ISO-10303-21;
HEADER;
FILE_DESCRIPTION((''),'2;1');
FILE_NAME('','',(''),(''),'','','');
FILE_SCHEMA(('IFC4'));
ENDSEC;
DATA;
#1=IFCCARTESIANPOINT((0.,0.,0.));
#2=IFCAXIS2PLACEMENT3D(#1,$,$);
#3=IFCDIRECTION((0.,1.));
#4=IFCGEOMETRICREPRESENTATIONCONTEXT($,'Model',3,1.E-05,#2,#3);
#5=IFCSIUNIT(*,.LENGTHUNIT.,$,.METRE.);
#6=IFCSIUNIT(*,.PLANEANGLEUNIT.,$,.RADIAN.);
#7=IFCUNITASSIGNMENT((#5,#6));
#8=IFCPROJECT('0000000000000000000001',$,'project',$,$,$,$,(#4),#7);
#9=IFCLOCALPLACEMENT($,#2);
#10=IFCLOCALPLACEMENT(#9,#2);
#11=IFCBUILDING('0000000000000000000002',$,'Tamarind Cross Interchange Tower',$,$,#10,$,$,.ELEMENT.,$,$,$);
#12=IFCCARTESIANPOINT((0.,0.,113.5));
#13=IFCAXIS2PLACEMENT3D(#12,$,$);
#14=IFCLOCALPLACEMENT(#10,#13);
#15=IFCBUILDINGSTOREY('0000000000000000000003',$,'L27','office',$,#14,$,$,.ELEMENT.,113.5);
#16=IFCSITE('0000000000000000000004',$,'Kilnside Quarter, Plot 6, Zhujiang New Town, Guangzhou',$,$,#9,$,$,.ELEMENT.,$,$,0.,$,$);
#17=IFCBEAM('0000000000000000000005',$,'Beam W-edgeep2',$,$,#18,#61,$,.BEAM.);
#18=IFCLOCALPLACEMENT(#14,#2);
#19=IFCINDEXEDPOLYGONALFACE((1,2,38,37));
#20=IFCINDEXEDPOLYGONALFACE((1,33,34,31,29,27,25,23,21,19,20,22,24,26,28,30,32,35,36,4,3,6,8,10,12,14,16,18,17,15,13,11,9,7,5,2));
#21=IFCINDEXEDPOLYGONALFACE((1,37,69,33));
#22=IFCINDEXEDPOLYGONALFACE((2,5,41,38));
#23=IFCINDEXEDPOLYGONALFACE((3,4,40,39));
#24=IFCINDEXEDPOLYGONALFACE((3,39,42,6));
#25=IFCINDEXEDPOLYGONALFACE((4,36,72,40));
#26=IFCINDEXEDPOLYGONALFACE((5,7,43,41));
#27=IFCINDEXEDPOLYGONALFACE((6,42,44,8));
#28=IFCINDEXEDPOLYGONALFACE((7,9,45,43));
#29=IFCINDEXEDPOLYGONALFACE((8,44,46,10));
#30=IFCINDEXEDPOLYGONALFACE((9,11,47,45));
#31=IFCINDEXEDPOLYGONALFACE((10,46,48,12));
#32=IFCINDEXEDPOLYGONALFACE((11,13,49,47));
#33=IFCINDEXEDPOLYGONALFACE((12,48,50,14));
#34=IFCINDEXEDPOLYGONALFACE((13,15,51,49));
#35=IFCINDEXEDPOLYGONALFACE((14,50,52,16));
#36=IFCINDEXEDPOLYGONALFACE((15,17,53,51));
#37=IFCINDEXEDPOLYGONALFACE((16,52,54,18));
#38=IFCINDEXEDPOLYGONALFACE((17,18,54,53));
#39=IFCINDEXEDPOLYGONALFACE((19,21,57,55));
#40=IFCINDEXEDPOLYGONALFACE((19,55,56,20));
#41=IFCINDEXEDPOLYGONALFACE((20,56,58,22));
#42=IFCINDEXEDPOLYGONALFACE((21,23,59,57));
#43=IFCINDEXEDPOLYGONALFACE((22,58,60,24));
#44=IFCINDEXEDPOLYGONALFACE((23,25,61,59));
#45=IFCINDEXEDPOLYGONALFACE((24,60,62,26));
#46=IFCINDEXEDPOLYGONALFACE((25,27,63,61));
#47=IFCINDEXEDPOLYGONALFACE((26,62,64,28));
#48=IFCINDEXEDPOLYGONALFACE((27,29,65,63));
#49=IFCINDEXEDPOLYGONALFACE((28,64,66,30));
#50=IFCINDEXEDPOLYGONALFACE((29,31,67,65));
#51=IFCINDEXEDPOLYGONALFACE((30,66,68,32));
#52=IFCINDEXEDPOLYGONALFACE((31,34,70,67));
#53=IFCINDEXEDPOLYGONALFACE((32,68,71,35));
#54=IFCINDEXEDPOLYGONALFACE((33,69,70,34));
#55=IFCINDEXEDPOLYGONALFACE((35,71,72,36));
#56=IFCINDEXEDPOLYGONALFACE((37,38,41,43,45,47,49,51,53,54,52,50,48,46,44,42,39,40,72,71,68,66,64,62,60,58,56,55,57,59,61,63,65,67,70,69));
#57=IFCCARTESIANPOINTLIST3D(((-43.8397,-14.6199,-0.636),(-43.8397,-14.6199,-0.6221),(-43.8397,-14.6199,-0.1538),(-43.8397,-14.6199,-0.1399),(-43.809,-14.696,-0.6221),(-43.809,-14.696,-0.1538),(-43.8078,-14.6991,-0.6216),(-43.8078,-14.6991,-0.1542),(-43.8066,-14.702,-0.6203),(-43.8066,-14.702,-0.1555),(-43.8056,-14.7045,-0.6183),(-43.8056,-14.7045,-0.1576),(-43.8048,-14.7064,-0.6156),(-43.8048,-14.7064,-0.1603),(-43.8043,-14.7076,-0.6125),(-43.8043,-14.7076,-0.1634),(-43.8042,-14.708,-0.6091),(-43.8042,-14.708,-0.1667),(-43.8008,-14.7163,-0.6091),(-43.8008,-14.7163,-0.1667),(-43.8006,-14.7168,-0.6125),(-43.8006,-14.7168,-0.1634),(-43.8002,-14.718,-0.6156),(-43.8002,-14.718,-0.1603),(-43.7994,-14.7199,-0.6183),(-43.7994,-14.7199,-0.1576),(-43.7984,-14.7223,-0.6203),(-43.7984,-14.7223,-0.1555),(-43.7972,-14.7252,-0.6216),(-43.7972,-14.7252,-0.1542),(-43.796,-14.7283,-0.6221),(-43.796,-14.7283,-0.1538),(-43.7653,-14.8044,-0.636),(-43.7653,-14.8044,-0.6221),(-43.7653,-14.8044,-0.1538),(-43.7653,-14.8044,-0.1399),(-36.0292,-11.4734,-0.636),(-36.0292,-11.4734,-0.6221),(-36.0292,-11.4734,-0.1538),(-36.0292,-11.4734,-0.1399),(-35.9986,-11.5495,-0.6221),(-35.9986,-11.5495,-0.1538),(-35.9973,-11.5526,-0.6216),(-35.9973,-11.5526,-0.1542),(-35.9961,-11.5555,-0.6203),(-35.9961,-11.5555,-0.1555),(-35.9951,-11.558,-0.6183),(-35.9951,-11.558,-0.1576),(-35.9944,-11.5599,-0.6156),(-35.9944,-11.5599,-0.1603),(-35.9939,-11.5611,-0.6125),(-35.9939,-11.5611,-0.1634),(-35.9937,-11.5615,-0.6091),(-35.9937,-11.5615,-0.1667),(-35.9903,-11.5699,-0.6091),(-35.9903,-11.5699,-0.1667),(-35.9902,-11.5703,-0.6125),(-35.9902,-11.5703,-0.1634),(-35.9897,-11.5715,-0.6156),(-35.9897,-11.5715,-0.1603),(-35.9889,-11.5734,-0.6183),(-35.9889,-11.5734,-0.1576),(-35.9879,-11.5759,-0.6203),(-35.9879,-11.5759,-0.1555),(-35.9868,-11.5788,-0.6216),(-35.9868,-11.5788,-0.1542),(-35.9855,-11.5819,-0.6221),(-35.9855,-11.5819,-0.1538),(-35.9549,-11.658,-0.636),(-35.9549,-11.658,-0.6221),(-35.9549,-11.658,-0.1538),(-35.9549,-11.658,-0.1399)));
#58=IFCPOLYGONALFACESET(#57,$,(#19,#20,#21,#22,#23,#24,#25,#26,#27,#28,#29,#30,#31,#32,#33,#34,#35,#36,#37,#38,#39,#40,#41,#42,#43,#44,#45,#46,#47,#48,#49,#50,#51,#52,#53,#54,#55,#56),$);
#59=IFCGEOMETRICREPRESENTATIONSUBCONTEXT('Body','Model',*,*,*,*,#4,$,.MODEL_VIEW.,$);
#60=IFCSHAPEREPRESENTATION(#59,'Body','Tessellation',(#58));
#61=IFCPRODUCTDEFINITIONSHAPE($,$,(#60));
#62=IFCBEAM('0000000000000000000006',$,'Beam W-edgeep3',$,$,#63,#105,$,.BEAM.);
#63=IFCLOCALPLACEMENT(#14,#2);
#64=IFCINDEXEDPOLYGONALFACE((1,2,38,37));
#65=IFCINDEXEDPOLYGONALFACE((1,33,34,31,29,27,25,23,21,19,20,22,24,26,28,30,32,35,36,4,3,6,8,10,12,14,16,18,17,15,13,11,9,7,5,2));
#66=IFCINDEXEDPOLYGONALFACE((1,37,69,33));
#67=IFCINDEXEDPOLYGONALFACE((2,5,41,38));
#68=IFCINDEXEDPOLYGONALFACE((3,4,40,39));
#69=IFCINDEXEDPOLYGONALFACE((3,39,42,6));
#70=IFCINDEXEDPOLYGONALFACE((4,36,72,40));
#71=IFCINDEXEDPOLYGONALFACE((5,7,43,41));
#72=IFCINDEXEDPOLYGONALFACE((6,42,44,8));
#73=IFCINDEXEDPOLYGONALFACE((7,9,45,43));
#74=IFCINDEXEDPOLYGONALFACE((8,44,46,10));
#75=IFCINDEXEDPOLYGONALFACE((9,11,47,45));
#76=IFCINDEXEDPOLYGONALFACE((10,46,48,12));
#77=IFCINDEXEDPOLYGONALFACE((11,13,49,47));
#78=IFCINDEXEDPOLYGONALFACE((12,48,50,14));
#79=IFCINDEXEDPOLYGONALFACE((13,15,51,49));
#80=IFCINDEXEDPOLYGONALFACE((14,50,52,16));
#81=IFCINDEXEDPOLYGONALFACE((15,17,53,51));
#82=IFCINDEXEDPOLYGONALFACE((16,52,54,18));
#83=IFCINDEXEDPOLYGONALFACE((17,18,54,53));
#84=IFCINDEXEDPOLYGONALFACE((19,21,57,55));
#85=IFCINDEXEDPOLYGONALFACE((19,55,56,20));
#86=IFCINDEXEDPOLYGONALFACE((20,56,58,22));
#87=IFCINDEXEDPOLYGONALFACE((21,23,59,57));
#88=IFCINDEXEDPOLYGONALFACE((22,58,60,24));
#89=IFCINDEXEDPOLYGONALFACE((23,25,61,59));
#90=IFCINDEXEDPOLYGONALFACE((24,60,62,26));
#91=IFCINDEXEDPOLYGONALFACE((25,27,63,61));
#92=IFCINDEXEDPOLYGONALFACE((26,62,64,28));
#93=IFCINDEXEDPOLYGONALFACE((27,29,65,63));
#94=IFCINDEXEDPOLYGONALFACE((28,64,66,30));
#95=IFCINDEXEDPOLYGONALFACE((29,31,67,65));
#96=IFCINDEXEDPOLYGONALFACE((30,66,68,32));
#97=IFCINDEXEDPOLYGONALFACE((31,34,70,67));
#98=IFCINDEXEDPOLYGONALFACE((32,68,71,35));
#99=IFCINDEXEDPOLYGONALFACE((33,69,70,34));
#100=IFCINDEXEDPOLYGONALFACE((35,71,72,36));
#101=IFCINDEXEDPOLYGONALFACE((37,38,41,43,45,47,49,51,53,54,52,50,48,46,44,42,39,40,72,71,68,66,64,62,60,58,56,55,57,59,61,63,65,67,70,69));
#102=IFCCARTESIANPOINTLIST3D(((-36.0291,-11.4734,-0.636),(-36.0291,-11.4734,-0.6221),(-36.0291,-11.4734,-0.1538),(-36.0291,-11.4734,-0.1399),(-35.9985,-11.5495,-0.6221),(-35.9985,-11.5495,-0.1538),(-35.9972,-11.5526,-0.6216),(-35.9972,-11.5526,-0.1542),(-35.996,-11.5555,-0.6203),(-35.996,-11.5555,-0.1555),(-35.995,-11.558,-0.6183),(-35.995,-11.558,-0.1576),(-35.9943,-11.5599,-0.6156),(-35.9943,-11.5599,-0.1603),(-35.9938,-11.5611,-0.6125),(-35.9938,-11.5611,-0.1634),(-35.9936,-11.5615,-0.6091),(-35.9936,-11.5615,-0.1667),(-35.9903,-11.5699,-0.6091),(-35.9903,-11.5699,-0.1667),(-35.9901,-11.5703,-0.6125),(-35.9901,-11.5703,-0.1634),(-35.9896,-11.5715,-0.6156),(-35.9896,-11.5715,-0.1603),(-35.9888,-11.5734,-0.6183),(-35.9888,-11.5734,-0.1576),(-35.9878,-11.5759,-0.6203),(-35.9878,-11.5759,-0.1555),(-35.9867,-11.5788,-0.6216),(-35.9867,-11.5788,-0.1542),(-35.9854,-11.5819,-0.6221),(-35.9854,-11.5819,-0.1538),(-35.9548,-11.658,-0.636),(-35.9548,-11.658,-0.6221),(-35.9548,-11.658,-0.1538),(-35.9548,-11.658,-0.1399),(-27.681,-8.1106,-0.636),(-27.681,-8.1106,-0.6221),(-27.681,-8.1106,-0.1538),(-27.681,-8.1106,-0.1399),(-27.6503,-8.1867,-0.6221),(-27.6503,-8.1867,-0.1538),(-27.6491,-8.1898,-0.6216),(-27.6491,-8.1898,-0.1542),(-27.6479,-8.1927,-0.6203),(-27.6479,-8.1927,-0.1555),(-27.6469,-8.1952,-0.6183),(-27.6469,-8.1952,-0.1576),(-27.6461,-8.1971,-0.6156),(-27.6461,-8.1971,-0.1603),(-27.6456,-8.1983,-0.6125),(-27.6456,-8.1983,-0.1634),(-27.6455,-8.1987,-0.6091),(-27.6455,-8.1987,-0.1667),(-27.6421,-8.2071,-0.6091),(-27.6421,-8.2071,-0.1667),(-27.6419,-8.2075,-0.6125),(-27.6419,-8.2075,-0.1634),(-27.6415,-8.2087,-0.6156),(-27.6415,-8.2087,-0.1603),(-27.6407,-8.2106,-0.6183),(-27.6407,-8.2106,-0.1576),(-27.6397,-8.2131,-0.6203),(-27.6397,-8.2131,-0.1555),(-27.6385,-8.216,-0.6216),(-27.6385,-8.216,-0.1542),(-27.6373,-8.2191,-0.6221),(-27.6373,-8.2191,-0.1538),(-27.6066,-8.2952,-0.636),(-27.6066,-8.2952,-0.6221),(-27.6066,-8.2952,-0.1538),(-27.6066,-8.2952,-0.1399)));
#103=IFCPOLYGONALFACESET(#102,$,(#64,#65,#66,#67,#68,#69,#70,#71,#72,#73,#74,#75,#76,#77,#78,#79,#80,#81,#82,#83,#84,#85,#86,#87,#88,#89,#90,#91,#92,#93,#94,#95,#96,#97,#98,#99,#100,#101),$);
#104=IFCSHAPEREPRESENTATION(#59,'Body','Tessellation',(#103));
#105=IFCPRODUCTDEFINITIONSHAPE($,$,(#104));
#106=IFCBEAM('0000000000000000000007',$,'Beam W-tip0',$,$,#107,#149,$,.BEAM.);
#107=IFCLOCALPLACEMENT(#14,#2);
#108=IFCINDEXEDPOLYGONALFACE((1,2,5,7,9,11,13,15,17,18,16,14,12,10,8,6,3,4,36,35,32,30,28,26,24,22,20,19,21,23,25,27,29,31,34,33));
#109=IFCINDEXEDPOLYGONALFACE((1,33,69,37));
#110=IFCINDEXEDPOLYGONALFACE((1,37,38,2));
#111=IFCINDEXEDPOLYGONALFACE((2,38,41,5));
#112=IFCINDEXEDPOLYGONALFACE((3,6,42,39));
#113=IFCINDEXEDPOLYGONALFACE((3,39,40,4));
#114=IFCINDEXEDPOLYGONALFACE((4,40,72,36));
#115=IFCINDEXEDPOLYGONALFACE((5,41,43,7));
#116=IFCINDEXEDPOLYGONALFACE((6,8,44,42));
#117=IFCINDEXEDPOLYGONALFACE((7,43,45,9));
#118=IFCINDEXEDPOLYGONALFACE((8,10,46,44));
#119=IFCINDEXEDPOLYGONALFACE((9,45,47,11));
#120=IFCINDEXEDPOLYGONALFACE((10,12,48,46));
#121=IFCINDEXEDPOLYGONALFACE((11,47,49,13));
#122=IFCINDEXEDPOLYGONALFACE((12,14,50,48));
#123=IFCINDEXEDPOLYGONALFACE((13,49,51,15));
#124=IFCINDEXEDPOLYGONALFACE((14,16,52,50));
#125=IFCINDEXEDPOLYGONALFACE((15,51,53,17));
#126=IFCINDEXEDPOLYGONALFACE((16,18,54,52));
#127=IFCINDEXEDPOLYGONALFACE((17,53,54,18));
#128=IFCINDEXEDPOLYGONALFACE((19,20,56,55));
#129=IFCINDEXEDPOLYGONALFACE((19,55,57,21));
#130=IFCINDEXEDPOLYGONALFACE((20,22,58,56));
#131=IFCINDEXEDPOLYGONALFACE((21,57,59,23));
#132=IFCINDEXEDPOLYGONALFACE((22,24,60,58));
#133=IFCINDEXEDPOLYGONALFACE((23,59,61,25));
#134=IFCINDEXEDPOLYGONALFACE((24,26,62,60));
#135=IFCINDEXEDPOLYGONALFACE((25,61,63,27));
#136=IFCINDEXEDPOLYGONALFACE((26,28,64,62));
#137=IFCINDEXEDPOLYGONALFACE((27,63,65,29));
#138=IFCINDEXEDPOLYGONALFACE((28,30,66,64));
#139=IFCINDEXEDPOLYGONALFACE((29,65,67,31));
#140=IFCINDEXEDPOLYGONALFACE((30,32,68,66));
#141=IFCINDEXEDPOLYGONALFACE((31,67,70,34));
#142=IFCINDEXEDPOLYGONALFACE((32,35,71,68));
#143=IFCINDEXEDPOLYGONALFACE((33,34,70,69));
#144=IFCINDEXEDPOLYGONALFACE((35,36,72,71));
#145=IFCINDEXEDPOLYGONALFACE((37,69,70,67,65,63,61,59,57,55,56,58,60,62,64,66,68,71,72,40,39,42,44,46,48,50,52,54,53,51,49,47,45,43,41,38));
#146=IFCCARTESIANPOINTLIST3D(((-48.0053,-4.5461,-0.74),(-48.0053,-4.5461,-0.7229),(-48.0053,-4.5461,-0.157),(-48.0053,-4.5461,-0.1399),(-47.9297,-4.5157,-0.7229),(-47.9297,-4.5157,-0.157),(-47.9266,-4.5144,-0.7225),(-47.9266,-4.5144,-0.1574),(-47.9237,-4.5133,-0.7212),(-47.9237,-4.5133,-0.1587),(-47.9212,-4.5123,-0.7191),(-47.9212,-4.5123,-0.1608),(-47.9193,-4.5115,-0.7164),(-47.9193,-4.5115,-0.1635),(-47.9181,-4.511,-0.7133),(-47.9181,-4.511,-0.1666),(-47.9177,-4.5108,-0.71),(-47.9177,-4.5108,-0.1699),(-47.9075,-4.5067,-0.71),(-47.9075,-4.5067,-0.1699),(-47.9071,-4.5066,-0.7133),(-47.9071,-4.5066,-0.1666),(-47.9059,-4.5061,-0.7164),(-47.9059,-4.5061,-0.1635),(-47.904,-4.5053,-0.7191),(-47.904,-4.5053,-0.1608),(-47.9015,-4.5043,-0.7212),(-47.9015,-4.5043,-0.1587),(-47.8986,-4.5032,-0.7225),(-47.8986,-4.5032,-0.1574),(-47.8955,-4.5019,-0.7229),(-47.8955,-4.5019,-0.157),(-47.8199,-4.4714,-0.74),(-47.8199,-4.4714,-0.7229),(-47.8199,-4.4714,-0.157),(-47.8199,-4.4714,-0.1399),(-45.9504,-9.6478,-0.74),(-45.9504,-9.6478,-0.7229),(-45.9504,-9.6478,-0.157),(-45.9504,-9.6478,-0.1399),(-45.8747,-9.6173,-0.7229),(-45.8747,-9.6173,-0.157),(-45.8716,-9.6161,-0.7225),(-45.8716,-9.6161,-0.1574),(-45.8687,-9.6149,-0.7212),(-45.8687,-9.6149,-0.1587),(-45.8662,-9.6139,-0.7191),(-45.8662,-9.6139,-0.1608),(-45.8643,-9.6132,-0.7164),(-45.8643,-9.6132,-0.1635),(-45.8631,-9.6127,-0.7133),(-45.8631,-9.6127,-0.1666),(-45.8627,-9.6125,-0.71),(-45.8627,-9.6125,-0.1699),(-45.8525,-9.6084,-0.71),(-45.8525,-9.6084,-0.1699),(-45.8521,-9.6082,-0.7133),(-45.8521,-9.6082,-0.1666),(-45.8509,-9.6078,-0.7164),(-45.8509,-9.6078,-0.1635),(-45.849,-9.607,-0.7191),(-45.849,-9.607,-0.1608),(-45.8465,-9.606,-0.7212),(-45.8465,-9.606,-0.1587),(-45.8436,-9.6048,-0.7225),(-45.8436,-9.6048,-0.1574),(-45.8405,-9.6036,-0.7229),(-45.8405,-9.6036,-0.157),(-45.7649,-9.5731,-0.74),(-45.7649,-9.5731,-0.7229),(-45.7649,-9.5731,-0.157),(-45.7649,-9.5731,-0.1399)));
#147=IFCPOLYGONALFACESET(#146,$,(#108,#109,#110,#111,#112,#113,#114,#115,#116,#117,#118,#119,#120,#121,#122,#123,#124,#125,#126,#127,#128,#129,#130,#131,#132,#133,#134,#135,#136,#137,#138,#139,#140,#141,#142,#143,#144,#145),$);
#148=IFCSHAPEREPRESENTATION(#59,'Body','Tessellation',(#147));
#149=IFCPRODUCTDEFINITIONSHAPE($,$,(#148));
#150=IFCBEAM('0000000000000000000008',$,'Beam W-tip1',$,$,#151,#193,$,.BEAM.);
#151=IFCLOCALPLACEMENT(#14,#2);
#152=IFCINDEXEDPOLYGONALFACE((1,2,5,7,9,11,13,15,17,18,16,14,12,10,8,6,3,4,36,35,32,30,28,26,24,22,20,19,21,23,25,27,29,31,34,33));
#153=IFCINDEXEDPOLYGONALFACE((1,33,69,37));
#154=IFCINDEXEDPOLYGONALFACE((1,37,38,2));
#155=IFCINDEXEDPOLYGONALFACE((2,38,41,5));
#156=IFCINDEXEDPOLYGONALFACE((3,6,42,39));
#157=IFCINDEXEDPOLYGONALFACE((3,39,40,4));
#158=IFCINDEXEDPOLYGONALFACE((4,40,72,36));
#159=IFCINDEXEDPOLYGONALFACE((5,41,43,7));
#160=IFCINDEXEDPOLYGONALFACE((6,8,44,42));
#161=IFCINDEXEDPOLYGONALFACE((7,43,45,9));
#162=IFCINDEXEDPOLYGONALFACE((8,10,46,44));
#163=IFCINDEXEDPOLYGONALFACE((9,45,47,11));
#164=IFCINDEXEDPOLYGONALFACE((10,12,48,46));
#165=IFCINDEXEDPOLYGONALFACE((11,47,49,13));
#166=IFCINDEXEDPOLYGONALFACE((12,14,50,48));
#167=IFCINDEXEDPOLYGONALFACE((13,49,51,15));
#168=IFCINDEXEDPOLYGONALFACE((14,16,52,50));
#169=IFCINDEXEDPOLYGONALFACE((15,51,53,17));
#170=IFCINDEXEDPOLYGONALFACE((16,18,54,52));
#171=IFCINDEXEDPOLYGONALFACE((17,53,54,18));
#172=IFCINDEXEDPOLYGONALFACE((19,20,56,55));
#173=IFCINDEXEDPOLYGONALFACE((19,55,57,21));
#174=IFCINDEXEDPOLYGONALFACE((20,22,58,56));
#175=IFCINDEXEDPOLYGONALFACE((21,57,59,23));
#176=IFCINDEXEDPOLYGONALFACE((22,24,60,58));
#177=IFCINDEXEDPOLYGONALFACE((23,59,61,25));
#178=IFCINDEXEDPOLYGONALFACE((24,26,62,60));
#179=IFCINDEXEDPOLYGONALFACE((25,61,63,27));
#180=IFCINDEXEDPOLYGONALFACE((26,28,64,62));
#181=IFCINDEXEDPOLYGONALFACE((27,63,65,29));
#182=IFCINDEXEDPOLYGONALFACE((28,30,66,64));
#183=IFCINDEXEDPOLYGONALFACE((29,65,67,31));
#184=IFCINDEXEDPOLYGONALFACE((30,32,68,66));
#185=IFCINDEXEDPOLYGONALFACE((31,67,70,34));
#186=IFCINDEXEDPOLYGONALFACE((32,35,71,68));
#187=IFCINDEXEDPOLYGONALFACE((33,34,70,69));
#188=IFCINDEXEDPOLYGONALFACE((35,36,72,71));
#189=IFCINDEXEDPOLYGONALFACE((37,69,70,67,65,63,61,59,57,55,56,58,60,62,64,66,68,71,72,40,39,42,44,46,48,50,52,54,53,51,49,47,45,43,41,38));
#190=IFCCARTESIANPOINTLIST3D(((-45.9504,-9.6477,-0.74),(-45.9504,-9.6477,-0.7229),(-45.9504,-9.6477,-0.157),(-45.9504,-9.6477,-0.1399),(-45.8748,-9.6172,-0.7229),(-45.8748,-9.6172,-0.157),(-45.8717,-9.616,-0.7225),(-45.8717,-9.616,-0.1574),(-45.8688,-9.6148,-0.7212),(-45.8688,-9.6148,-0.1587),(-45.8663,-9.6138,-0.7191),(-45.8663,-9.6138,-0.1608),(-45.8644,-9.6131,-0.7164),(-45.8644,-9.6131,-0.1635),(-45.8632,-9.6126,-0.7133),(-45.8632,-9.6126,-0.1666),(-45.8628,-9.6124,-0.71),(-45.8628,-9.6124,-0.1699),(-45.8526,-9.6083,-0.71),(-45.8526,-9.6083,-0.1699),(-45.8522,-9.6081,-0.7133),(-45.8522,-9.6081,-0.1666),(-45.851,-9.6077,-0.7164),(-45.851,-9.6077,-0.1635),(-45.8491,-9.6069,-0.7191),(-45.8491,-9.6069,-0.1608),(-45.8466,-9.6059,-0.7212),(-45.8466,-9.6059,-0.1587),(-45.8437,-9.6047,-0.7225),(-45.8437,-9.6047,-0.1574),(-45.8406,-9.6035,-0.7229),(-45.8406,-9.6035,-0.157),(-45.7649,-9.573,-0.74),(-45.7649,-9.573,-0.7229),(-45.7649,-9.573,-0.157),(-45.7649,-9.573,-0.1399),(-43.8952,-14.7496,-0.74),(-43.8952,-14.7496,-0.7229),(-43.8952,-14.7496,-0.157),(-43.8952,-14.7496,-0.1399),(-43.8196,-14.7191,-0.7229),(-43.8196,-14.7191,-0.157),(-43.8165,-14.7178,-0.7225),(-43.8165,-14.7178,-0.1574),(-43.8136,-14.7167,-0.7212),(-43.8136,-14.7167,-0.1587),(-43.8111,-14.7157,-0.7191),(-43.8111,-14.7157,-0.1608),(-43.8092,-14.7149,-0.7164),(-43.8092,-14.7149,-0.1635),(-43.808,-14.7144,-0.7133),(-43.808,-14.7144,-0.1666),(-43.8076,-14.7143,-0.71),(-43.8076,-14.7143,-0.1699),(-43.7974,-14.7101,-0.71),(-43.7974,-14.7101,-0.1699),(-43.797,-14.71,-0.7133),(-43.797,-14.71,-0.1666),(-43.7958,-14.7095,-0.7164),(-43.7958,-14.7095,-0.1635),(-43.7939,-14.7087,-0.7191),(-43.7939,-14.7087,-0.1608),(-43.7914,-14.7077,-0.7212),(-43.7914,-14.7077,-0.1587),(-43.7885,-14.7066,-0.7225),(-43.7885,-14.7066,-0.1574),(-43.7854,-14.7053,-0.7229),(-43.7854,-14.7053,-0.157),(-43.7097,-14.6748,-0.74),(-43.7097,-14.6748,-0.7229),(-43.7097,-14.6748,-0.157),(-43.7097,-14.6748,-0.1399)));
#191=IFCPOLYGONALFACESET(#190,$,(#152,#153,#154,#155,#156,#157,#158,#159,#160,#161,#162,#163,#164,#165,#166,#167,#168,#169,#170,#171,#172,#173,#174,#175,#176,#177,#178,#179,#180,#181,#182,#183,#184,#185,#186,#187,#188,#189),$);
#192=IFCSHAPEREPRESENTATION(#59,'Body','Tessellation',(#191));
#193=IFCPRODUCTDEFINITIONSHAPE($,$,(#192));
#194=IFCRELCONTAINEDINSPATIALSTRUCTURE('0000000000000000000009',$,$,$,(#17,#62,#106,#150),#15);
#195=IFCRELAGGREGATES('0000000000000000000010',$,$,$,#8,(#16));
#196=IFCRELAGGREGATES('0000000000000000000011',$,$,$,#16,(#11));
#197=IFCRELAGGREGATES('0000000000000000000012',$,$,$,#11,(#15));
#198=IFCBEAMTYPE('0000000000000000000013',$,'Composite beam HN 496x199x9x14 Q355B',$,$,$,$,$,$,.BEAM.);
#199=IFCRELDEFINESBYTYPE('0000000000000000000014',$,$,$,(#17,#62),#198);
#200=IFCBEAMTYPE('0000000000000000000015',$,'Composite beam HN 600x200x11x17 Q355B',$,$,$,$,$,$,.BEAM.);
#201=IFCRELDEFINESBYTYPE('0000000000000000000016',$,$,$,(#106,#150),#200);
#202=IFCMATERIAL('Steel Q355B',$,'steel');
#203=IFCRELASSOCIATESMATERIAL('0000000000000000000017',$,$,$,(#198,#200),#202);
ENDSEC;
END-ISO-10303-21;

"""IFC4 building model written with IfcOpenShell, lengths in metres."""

from ifc_helpers import new_model, si_unit, direction, frame, origin, origin_2d, place, context, subcontext, project, spatial, i_section, extrude, material, material_profile, profile_set, type_object, element, save


model = new_model("IFC4")

# Units and contexts
model_context = context("Model", 3, precision=1e-05, world=origin(), true_north=direction((0.0, 1.0)))
body_context = subcontext(model_context, "Body", "Model", "MODEL_VIEW")
ifc_project = project(units=[si_unit("LENGTHUNIT", "METRE"), si_unit("PLANEANGLEUNIT", "RADIAN")], contexts=[model_context])

# Site, building, storey
site_placement = place(None, origin())
site = spatial("IfcSite", under=ifc_project, at=site_placement, Name="Kilnside Quarter, Plot 6, Zhujiang New Town, Guangzhou", CompositionType="ELEMENT", RefElevation=0.0)
building_placement = place(site_placement, origin())
building = spatial("IfcBuilding", under=site, at=building_placement, Name="Tamarind Cross Interchange Tower", CompositionType="ELEMENT")
storey_placement = place(building_placement, frame((0.0, 0.0, 113.5)))
storey = spatial("IfcBuildingStorey", under=building, at=storey_placement, Name="L27", Description="office", CompositionType="ELEMENT", Elevation=113.5)

# Beams
ifc_material_1 = material(Name="Steel Q355B", Category="steel")
ifc_material_profile_1 = material_profile(ifc_material_1, i_section(OverallWidth=0.199, OverallDepth=0.4961, WebThickness=0.009, FlangeThickness=0.0139, FilletRadius=0.0129, at=origin_2d()), Name="HN 496x199x9x14")
ifc_profile_set_1 = profile_set([ifc_material_profile_1], Name="Steel Q355B")
beam_type_1 = type_object("IfcBeamType", Name="Composite beam HN 496x199x9x14 Q355B", PredefinedType="BEAM", material=ifc_profile_set_1)
beam_1_placement = place(storey_placement, frame((-43.8025, -14.7122, -0.3879), z_axis=(0.927562, 0.373669, 0.0), x_axis=(-0.373669, 0.927562, 0.0)))
element("IfcBeam", 1, at=beam_1_placement, inside=storey, type_object=beam_type_1, Name="Beam W-edgeep2", PredefinedType="BEAM", context=body_context, shape_type="SweptSolid", body=[
    extrude(i_section(OverallWidth=0.199, OverallDepth=0.4961, WebThickness=0.009, FlangeThickness=0.0139, FilletRadius=0.0129, at=origin_2d()), origin(), (0.0, 0.0, 1.0), 8.4204),
])
beam_2_placement = place(storey_placement, frame((-35.9919, -11.5657, -0.3879), z_axis=(0.927572, 0.373644, 0.0), x_axis=(-0.373644, 0.927572, 0.0)))
element("IfcBeam", 2, at=beam_2_placement, inside=storey, type_object=beam_type_1, Name="Beam W-edgeep3", PredefinedType="BEAM", context=body_context, shape_type="SweptSolid", body=[
    extrude(i_section(OverallWidth=0.199, OverallDepth=0.4961, WebThickness=0.009, FlangeThickness=0.0139, FilletRadius=0.0129, at=origin_2d()), origin(), (0.0, 0.0, 1.0), 9.0),
])
ifc_material_profile_2 = material_profile(ifc_material_1, i_section(OverallWidth=0.2, OverallDepth=0.6001, WebThickness=0.011, FlangeThickness=0.0171, FilletRadius=0.0129, at=origin_2d()), Name="HN 600x200x11x17")
ifc_profile_set_2 = profile_set([ifc_material_profile_2], Name="Steel Q355B")
beam_type_2 = type_object("IfcBeamType", Name="Composite beam HN 600x200x11x17 Q355B", PredefinedType="BEAM", material=ifc_profile_set_2)
beam_3_placement = place(storey_placement, frame((-47.9126, -4.5088, -0.4399), z_axis=(0.373632, -0.927577, 0.0), x_axis=(0.927577, 0.373632, 0.0)))
element("IfcBeam", 3, at=beam_3_placement, inside=storey, type_object=beam_type_2, Name="Beam W-tip0", PredefinedType="BEAM", context=body_context, shape_type="SweptSolid", body=[
    extrude(i_section(OverallWidth=0.2, OverallDepth=0.6001, WebThickness=0.011, FlangeThickness=0.0171, FilletRadius=0.0129, at=origin_2d()), origin(), (0.0, 0.0, 1.0), 5.5),
])
beam_4_placement = place(storey_placement, frame((-45.8577, -9.6104, -0.4399), z_axis=(0.373655, -0.927568, 0.0), x_axis=(0.927568, 0.373655, 0.0)))
element("IfcBeam", 4, at=beam_4_placement, inside=storey, type_object=beam_type_2, Name="Beam W-tip1", PredefinedType="BEAM", context=body_context, shape_type="SweptSolid", body=[
    extrude(i_section(OverallWidth=0.2, OverallDepth=0.6001, WebThickness=0.011, FlangeThickness=0.0171, FilletRadius=0.0129, at=origin_2d()), origin(), (0.0, 0.0, 1.0), 5.5002),
])

save(model, "model.ifc")
